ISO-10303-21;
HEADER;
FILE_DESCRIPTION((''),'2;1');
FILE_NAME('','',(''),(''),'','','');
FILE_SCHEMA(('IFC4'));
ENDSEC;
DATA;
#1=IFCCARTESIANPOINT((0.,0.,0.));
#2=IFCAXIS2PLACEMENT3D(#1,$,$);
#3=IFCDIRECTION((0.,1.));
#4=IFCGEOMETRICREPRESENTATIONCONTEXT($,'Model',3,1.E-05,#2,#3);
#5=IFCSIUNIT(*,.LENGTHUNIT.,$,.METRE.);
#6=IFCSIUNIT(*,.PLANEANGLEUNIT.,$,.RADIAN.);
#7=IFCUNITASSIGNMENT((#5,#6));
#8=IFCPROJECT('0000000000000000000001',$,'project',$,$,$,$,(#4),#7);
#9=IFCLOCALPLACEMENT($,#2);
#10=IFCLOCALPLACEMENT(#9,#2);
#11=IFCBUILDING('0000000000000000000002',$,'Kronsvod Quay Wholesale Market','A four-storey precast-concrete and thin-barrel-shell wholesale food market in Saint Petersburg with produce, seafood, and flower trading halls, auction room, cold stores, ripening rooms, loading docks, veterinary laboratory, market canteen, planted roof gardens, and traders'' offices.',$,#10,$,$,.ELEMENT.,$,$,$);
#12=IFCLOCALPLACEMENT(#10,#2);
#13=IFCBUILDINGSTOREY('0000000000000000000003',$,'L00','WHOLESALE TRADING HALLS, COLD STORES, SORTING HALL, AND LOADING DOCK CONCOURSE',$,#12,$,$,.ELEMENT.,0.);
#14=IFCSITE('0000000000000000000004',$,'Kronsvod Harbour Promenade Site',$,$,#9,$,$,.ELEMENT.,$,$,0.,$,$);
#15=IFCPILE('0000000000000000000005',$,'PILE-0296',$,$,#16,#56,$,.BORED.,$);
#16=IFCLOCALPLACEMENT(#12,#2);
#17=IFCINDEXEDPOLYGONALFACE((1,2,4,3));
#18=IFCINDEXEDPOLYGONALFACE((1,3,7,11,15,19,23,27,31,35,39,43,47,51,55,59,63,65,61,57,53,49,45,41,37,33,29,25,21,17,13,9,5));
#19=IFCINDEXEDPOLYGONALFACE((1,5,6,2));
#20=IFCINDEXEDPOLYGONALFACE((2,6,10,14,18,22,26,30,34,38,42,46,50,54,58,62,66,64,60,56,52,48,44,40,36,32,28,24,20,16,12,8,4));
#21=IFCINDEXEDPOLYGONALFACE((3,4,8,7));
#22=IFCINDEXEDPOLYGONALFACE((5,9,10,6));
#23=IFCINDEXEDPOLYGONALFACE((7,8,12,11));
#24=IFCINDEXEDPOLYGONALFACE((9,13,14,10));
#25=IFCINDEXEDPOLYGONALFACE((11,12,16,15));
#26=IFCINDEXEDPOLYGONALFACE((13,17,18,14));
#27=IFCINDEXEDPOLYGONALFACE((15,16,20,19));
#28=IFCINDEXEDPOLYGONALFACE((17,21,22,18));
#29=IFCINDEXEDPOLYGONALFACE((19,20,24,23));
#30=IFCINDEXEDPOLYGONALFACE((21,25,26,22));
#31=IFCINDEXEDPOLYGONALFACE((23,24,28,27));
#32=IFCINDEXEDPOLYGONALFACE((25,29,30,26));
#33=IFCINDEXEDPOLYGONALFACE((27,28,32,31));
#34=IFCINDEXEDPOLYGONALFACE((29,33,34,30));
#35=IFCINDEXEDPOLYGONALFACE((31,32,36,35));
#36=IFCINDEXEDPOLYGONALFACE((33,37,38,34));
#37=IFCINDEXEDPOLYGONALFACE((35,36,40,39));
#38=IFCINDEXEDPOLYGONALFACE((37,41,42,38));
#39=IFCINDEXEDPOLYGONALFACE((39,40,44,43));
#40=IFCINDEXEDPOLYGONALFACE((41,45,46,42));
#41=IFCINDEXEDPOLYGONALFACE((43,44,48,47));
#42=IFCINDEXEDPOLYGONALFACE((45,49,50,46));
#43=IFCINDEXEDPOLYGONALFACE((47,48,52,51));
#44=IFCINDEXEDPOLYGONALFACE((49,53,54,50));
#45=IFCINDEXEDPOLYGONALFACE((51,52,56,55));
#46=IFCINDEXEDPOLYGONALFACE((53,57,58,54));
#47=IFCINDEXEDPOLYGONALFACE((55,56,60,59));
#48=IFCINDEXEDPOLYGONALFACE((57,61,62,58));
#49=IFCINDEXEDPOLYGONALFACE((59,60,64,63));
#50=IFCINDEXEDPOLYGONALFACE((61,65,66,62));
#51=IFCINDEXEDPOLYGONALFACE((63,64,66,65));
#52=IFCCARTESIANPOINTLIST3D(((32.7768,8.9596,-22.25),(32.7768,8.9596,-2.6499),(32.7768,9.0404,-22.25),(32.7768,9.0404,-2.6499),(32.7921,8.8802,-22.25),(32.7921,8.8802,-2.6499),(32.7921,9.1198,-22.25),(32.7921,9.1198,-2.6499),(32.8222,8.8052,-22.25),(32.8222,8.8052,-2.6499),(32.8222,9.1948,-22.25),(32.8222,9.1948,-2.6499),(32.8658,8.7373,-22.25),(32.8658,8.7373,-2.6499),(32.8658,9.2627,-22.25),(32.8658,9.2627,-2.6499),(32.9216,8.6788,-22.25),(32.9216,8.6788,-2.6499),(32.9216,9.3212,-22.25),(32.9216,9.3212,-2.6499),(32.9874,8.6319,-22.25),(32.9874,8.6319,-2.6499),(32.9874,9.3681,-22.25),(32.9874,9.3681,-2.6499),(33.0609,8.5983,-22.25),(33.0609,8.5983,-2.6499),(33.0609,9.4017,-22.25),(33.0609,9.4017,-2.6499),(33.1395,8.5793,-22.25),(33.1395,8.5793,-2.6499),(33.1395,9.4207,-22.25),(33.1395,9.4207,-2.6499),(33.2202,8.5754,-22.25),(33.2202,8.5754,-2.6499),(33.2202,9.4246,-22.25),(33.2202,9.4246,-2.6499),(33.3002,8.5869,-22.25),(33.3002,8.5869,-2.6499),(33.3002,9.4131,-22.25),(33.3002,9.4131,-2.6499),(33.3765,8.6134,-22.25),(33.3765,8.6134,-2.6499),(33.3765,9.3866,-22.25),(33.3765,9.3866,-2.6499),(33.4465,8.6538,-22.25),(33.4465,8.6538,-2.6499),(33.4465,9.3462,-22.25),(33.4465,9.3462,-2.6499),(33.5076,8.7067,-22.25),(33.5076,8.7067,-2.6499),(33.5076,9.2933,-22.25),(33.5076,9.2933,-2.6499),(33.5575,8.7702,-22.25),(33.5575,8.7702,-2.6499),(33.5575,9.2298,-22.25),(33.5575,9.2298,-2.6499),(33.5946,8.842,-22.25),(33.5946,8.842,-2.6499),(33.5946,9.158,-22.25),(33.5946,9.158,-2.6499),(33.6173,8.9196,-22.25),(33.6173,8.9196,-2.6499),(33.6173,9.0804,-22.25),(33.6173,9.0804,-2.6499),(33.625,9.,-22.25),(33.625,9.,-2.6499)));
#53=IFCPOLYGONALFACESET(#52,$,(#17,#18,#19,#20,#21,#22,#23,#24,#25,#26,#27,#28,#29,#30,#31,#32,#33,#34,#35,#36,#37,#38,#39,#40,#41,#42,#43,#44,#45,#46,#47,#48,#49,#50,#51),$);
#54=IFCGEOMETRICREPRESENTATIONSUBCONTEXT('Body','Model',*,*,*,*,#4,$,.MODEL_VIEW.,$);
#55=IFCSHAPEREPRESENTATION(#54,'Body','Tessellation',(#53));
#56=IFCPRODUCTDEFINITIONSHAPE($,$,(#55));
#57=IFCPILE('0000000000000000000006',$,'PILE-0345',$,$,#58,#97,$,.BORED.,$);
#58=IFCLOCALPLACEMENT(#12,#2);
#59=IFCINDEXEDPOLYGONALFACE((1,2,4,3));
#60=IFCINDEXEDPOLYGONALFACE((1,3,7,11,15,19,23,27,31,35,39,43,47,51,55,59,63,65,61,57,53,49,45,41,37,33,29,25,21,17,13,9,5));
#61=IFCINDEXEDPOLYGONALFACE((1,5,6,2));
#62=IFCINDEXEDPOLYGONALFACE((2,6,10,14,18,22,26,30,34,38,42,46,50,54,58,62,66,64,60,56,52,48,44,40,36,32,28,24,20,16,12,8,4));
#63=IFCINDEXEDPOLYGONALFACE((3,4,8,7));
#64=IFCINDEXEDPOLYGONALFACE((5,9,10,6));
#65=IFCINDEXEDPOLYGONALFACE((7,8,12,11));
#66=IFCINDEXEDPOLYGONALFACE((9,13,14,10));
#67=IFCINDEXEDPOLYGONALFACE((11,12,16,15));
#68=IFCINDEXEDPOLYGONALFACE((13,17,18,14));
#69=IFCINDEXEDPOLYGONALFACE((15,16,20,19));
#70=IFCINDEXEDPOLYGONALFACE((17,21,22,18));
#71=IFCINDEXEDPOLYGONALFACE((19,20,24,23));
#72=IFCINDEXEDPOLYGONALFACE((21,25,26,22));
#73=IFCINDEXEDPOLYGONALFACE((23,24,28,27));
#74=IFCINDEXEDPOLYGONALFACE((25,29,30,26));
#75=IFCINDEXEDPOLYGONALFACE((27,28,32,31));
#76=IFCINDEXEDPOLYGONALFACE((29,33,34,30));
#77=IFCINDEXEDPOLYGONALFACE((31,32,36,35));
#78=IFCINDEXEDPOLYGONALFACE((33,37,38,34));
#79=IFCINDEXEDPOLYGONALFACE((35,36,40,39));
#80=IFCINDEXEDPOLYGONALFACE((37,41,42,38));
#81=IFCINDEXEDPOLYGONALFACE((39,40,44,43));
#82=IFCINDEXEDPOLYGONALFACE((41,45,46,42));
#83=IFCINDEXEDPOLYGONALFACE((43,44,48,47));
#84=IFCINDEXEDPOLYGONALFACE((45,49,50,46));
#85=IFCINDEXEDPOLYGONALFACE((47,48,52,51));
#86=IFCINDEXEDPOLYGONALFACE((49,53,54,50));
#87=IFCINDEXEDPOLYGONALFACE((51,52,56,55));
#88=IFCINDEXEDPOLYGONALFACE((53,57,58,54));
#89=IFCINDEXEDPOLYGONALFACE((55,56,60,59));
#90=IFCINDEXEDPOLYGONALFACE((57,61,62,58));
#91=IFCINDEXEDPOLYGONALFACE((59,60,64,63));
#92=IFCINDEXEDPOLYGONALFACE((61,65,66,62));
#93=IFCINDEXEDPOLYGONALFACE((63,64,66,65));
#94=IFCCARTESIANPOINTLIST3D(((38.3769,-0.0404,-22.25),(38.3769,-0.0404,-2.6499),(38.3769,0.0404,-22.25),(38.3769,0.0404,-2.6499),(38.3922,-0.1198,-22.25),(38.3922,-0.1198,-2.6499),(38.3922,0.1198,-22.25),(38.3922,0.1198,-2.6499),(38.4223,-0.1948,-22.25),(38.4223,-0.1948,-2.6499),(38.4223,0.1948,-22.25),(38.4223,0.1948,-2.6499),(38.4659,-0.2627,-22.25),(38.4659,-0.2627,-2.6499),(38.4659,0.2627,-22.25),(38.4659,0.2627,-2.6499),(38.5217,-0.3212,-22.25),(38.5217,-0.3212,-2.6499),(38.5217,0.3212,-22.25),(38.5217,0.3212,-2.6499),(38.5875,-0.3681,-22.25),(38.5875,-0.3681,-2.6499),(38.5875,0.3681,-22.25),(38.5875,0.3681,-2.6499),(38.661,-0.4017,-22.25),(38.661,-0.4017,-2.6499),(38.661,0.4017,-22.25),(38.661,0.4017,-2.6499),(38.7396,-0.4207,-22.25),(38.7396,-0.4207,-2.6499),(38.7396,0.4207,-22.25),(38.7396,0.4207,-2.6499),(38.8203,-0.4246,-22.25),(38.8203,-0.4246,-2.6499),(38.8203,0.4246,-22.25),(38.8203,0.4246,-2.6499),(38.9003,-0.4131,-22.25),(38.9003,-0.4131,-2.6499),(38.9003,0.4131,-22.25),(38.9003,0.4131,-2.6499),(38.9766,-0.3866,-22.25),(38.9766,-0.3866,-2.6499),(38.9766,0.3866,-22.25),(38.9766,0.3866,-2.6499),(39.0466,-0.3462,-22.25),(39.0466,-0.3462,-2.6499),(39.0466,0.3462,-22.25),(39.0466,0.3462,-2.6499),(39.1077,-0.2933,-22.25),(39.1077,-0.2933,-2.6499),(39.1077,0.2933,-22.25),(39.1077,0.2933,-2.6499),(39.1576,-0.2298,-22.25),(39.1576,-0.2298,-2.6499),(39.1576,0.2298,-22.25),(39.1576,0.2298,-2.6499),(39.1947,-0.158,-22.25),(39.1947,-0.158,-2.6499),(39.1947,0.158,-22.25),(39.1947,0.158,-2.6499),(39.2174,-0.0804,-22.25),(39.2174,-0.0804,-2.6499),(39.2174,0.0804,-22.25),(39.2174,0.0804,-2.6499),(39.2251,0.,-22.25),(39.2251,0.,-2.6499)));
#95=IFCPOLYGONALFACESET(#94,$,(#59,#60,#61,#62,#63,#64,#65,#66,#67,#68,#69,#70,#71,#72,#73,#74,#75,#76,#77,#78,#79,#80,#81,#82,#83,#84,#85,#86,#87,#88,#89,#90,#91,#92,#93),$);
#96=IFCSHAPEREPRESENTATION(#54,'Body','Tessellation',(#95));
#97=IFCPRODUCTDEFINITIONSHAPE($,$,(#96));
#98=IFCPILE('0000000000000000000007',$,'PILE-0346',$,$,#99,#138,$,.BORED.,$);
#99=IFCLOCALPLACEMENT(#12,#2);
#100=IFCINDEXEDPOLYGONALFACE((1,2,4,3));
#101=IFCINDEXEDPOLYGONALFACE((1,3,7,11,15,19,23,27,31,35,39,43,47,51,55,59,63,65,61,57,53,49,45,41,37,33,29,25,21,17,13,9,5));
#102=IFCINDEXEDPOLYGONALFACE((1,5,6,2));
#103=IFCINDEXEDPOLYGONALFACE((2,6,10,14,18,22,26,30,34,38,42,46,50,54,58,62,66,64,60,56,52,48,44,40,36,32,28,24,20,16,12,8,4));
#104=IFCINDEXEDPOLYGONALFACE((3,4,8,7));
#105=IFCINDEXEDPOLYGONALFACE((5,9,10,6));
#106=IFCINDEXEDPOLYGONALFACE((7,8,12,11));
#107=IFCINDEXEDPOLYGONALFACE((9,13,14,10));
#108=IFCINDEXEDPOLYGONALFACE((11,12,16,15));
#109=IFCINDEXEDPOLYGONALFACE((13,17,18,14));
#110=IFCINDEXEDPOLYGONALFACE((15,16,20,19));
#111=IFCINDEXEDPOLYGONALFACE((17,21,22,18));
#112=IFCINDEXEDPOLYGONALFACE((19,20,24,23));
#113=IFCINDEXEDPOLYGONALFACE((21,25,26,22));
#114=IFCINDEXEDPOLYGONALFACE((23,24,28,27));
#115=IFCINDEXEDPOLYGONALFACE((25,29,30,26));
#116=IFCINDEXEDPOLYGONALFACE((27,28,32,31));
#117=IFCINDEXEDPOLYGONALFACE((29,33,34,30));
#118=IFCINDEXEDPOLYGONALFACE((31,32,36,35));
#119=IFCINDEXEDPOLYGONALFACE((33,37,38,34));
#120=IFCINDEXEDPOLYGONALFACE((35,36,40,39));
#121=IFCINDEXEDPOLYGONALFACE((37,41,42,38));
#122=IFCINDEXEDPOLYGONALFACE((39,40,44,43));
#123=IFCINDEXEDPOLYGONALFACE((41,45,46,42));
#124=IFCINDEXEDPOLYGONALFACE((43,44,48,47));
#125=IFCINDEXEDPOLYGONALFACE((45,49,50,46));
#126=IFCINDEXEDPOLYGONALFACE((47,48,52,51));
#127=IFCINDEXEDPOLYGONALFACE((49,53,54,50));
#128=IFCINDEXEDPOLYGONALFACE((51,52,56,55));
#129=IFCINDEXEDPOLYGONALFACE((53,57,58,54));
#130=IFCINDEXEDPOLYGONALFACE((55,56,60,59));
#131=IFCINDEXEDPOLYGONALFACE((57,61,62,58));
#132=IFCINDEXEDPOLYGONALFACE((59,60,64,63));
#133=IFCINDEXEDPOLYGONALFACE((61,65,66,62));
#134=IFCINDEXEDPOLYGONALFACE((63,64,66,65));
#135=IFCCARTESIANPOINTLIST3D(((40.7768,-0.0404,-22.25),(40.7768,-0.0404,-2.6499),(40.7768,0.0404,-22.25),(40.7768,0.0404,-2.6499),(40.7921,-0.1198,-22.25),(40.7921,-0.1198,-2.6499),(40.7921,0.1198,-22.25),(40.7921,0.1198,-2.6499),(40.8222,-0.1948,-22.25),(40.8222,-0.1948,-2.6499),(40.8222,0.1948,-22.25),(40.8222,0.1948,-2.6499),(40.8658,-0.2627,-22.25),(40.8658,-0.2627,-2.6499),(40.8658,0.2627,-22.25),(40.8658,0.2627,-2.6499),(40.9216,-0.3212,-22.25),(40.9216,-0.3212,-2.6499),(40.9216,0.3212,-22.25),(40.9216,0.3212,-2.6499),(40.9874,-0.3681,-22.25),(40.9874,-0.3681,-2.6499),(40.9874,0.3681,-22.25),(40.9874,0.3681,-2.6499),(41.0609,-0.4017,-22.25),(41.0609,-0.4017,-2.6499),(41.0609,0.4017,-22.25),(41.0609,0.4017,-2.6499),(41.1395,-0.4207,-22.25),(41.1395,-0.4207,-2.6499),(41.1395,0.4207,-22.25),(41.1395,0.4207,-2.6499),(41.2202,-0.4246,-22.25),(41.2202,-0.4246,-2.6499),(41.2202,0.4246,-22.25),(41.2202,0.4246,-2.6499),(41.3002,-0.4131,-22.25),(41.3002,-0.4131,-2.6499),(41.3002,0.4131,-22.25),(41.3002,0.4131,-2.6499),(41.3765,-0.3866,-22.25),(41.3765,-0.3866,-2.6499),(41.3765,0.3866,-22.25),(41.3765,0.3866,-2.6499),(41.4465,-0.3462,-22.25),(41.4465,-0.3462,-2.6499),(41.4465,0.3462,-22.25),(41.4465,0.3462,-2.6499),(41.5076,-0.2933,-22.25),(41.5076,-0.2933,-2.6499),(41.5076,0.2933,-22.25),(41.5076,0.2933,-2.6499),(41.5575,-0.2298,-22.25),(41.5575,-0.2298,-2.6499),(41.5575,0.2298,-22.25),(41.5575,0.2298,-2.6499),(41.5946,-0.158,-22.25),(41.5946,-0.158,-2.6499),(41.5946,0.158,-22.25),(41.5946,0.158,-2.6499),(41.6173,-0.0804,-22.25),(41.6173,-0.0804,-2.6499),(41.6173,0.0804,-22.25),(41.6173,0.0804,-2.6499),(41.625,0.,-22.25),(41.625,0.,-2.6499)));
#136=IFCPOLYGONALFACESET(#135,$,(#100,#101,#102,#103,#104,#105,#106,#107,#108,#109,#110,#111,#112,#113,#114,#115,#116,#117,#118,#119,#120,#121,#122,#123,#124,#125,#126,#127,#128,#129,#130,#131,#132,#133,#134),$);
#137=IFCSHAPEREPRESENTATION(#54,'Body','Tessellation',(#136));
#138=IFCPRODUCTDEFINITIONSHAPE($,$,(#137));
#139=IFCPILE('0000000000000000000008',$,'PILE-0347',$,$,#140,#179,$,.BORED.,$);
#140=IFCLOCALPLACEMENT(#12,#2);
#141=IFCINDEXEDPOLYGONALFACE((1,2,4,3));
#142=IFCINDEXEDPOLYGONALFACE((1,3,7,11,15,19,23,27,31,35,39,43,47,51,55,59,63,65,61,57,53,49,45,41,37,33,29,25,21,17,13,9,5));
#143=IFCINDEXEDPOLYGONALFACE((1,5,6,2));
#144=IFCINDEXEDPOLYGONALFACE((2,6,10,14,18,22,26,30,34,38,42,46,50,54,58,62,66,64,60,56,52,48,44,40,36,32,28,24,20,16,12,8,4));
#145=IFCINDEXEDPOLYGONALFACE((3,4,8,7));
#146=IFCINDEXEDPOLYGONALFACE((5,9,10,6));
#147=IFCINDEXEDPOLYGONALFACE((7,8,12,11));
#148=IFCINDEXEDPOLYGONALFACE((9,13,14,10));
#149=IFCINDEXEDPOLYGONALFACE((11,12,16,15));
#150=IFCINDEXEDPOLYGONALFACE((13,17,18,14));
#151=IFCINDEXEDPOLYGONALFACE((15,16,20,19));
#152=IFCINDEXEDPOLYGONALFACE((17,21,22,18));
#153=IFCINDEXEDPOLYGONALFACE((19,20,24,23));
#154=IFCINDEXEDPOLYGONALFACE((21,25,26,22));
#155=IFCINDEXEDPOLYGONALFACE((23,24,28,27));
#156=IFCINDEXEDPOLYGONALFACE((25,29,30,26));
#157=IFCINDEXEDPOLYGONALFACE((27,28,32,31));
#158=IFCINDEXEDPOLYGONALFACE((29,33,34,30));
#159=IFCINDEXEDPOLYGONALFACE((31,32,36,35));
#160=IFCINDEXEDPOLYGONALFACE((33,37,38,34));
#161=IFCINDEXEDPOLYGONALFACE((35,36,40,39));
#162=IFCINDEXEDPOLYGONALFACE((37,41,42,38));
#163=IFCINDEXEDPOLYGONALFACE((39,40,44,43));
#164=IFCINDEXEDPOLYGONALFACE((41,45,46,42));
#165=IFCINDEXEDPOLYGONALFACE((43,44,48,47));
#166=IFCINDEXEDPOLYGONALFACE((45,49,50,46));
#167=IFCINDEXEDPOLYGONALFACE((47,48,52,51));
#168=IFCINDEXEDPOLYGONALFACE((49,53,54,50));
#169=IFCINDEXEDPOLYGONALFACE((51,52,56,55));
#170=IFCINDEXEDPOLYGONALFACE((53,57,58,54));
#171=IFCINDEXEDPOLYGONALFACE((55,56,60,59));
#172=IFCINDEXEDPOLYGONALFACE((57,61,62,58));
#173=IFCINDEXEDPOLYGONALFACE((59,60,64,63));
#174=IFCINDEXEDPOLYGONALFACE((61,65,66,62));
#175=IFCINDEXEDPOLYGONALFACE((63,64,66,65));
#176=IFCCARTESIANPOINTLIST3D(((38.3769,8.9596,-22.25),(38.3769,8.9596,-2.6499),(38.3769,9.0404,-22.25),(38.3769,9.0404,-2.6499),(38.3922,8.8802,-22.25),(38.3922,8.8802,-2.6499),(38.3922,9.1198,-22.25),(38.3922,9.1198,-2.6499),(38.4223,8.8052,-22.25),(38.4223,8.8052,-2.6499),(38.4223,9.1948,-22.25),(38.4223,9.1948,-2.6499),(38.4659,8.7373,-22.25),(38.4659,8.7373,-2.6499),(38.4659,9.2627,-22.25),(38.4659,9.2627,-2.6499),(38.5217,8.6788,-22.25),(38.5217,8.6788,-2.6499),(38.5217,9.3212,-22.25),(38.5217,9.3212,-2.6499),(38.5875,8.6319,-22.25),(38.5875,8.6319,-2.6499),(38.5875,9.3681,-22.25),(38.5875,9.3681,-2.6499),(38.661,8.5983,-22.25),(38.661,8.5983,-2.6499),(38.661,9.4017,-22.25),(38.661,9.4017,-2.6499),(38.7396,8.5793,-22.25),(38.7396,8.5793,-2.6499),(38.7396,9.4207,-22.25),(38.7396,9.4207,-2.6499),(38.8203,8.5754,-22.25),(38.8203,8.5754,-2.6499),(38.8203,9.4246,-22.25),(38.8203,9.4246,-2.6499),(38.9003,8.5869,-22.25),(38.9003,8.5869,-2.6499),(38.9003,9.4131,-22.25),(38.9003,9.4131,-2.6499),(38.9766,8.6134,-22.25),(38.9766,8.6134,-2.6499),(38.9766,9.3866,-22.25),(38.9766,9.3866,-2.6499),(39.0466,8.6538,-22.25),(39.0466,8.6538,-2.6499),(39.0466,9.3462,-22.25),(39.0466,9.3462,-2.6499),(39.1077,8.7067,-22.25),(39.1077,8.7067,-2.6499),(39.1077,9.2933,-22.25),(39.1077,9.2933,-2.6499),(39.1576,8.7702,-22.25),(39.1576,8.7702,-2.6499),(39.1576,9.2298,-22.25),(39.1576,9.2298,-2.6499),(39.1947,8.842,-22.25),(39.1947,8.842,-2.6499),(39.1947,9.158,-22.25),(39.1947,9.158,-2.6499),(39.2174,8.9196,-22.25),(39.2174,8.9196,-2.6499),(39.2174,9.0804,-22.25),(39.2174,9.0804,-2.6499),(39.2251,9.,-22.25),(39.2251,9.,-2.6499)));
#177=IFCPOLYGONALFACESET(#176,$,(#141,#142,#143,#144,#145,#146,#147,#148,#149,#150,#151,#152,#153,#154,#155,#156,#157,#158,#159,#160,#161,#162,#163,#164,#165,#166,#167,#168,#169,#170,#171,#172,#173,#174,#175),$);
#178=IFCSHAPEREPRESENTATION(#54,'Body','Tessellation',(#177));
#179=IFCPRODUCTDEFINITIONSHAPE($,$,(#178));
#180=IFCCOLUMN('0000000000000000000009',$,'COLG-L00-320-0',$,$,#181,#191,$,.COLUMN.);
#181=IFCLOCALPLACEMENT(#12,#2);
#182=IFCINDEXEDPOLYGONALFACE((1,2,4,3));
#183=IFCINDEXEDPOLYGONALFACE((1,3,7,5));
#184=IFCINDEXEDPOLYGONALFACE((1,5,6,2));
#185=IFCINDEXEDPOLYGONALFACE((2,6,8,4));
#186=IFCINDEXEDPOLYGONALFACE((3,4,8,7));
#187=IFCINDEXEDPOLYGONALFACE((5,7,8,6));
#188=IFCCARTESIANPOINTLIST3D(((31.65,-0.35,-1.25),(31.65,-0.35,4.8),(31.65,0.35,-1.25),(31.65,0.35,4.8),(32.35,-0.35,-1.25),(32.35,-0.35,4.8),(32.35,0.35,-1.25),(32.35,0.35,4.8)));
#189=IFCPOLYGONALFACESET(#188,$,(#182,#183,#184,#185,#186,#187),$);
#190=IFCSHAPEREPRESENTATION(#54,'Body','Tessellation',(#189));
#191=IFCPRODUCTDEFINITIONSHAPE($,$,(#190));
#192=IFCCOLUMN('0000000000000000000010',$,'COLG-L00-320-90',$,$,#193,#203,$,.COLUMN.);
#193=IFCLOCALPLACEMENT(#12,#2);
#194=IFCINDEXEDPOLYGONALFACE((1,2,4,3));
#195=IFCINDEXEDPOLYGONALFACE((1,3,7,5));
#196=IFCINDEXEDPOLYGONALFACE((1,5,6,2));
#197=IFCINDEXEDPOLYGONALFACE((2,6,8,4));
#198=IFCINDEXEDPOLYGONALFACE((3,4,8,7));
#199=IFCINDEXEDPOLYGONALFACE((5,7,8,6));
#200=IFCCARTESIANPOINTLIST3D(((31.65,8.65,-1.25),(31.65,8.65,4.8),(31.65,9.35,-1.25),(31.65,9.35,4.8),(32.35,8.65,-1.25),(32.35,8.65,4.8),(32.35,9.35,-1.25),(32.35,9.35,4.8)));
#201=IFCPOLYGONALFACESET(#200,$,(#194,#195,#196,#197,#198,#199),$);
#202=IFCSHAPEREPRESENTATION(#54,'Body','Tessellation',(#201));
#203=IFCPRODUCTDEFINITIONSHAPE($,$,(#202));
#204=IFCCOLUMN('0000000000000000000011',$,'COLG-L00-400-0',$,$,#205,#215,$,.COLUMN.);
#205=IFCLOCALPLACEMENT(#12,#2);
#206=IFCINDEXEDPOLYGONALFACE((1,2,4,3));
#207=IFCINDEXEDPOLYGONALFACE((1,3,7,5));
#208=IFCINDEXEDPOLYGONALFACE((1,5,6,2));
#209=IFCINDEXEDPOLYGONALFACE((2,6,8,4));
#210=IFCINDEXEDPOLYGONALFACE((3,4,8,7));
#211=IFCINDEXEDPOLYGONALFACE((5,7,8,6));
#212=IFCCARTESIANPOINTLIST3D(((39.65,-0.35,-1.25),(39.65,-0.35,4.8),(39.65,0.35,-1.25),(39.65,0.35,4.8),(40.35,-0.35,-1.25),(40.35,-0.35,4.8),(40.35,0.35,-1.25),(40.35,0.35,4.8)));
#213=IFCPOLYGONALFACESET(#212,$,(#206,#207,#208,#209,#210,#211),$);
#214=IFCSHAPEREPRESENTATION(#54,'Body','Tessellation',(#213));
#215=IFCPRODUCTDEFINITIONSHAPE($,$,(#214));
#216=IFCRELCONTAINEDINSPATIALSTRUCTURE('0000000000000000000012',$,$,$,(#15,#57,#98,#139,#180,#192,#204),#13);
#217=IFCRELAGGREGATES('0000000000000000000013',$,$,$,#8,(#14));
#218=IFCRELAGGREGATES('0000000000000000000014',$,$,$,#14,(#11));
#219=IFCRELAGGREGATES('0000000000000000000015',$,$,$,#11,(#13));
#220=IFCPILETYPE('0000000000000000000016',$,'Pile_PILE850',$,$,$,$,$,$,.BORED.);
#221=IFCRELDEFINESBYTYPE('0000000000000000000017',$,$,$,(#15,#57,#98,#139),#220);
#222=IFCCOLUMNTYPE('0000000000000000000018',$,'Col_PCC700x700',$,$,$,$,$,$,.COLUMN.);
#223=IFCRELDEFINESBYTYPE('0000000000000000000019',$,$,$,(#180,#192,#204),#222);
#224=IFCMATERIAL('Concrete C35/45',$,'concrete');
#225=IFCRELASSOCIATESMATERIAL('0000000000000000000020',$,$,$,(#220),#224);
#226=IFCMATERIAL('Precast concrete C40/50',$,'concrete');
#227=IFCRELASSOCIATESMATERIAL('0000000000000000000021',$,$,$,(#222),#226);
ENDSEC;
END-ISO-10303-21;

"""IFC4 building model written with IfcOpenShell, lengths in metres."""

from ifc_helpers import new_model, si_unit, direction, frame, origin, origin_2d, place, context, subcontext, project, spatial, rectangle, circle, extrude, material, material_profile, profile_set, type_object, element, save


model = new_model("IFC4")

# Units and contexts
model_context = context("Model", 3, precision=1e-05, world=origin(), true_north=direction((0.0, 1.0)))
body_context = subcontext(model_context, "Body", "Model", "MODEL_VIEW")
ifc_project = project(units=[si_unit("LENGTHUNIT", "METRE"), si_unit("PLANEANGLEUNIT", "RADIAN")], contexts=[model_context])

# Site, building, storey
site_placement = place(None, origin())
site = spatial("IfcSite", under=ifc_project, at=site_placement, Name="Kronsvod Harbour Promenade Site", CompositionType="ELEMENT", RefElevation=0.0)
building_placement = place(site_placement, origin())
building = spatial("IfcBuilding", under=site, at=building_placement, Name="Kronsvod Quay Wholesale Market", Description="A four-storey precast-concrete and thin-barrel-shell wholesale food market in Saint Petersburg with produce, seafood, and flower trading halls, auction room, cold stores, ripening rooms, loading docks, veterinary laboratory, market canteen, planted roof gardens, and traders' offices.", CompositionType="ELEMENT")
storey_placement = place(building_placement, origin())
storey = spatial("IfcBuildingStorey", under=building, at=storey_placement, Name="L00", Description="WHOLESALE TRADING HALLS, COLD STORES, SORTING HALL, AND LOADING DOCK CONCOURSE", CompositionType="ELEMENT", Elevation=0.0)

# Piles
ifc_material_1 = material(Name="Concrete C35/45", Category="concrete")
ifc_material_profile_1 = material_profile(ifc_material_1, circle(Radius=0.425, at=origin_2d()), Name="PILE850")
ifc_profile_set_1 = profile_set([ifc_material_profile_1], Name="Concrete C35/45")
pile_type = type_object("IfcPileType", Name="Pile_PILE850", PredefinedType="BORED", material=ifc_profile_set_1)
for number, where, z_axis, x_axis, name in (
    (1, (33.2, 9.0, -2.6499), (0.0, 0.0, -1.0), (1.0, 0.0, 0.0), "PILE-0296"),
    (2, (38.8, 0.0, -2.6499), (0.0, 0.0, -1.0), (1.0, 0.0, 0.0), "PILE-0345"),
    (3, (41.2, 0.0, -2.6499), (0.0, 0.0, -1.0), (1.0, 0.0, 0.0), "PILE-0346"),
    (4, (38.8, 9.0, -2.6499), (0.0, 0.0, -1.0), (1.0, 0.0, 0.0), "PILE-0347"),
):
    element("IfcPile", number, at=place(storey_placement, frame(where, z_axis=z_axis, x_axis=x_axis)), inside=storey, type_object=pile_type, Name=name, PredefinedType="BORED", context=body_context, shape_type="SweptSolid", body=[
        extrude(circle(Radius=0.425, at=origin_2d()), origin(), (0.0, 0.0, 1.0), 19.6001),
    ])

# Columns
ifc_material_2 = material(Name="Precast concrete C40/50", Category="concrete")
ifc_material_profile_2 = material_profile(ifc_material_2, rectangle(XDim=0.7, YDim=0.7, at=origin_2d()), Name="PCC700x700")
ifc_profile_set_2 = profile_set([ifc_material_profile_2], Name="Precast concrete C40/50")
column_type = type_object("IfcColumnType", Name="Col_PCC700x700", PredefinedType="COLUMN", material=ifc_profile_set_2)
for number, where, z_axis, x_axis, name in (
    (5, (32.0, 0.0, -1.25), (0.0, 0.0, 1.0), (1.0, 0.0, 0.0), "COLG-L00-320-0"),
    (6, (32.0, 9.0, -1.25), (0.0, 0.0, 1.0), (1.0, 0.0, 0.0), "COLG-L00-320-90"),
    (7, (40.0, 0.0, -1.25), (0.0, 0.0, 1.0), (1.0, 0.0, 0.0), "COLG-L00-400-0"),
):
    element("IfcColumn", number, at=place(storey_placement, frame(where, z_axis=z_axis, x_axis=x_axis)), inside=storey, type_object=column_type, Name=name, PredefinedType="COLUMN", context=body_context, shape_type="SweptSolid", body=[
        extrude(rectangle(XDim=0.7, YDim=0.7, at=origin_2d()), origin(), (0.0, 0.0, 1.0), 6.05),
    ])

save(model, "model.ifc")
